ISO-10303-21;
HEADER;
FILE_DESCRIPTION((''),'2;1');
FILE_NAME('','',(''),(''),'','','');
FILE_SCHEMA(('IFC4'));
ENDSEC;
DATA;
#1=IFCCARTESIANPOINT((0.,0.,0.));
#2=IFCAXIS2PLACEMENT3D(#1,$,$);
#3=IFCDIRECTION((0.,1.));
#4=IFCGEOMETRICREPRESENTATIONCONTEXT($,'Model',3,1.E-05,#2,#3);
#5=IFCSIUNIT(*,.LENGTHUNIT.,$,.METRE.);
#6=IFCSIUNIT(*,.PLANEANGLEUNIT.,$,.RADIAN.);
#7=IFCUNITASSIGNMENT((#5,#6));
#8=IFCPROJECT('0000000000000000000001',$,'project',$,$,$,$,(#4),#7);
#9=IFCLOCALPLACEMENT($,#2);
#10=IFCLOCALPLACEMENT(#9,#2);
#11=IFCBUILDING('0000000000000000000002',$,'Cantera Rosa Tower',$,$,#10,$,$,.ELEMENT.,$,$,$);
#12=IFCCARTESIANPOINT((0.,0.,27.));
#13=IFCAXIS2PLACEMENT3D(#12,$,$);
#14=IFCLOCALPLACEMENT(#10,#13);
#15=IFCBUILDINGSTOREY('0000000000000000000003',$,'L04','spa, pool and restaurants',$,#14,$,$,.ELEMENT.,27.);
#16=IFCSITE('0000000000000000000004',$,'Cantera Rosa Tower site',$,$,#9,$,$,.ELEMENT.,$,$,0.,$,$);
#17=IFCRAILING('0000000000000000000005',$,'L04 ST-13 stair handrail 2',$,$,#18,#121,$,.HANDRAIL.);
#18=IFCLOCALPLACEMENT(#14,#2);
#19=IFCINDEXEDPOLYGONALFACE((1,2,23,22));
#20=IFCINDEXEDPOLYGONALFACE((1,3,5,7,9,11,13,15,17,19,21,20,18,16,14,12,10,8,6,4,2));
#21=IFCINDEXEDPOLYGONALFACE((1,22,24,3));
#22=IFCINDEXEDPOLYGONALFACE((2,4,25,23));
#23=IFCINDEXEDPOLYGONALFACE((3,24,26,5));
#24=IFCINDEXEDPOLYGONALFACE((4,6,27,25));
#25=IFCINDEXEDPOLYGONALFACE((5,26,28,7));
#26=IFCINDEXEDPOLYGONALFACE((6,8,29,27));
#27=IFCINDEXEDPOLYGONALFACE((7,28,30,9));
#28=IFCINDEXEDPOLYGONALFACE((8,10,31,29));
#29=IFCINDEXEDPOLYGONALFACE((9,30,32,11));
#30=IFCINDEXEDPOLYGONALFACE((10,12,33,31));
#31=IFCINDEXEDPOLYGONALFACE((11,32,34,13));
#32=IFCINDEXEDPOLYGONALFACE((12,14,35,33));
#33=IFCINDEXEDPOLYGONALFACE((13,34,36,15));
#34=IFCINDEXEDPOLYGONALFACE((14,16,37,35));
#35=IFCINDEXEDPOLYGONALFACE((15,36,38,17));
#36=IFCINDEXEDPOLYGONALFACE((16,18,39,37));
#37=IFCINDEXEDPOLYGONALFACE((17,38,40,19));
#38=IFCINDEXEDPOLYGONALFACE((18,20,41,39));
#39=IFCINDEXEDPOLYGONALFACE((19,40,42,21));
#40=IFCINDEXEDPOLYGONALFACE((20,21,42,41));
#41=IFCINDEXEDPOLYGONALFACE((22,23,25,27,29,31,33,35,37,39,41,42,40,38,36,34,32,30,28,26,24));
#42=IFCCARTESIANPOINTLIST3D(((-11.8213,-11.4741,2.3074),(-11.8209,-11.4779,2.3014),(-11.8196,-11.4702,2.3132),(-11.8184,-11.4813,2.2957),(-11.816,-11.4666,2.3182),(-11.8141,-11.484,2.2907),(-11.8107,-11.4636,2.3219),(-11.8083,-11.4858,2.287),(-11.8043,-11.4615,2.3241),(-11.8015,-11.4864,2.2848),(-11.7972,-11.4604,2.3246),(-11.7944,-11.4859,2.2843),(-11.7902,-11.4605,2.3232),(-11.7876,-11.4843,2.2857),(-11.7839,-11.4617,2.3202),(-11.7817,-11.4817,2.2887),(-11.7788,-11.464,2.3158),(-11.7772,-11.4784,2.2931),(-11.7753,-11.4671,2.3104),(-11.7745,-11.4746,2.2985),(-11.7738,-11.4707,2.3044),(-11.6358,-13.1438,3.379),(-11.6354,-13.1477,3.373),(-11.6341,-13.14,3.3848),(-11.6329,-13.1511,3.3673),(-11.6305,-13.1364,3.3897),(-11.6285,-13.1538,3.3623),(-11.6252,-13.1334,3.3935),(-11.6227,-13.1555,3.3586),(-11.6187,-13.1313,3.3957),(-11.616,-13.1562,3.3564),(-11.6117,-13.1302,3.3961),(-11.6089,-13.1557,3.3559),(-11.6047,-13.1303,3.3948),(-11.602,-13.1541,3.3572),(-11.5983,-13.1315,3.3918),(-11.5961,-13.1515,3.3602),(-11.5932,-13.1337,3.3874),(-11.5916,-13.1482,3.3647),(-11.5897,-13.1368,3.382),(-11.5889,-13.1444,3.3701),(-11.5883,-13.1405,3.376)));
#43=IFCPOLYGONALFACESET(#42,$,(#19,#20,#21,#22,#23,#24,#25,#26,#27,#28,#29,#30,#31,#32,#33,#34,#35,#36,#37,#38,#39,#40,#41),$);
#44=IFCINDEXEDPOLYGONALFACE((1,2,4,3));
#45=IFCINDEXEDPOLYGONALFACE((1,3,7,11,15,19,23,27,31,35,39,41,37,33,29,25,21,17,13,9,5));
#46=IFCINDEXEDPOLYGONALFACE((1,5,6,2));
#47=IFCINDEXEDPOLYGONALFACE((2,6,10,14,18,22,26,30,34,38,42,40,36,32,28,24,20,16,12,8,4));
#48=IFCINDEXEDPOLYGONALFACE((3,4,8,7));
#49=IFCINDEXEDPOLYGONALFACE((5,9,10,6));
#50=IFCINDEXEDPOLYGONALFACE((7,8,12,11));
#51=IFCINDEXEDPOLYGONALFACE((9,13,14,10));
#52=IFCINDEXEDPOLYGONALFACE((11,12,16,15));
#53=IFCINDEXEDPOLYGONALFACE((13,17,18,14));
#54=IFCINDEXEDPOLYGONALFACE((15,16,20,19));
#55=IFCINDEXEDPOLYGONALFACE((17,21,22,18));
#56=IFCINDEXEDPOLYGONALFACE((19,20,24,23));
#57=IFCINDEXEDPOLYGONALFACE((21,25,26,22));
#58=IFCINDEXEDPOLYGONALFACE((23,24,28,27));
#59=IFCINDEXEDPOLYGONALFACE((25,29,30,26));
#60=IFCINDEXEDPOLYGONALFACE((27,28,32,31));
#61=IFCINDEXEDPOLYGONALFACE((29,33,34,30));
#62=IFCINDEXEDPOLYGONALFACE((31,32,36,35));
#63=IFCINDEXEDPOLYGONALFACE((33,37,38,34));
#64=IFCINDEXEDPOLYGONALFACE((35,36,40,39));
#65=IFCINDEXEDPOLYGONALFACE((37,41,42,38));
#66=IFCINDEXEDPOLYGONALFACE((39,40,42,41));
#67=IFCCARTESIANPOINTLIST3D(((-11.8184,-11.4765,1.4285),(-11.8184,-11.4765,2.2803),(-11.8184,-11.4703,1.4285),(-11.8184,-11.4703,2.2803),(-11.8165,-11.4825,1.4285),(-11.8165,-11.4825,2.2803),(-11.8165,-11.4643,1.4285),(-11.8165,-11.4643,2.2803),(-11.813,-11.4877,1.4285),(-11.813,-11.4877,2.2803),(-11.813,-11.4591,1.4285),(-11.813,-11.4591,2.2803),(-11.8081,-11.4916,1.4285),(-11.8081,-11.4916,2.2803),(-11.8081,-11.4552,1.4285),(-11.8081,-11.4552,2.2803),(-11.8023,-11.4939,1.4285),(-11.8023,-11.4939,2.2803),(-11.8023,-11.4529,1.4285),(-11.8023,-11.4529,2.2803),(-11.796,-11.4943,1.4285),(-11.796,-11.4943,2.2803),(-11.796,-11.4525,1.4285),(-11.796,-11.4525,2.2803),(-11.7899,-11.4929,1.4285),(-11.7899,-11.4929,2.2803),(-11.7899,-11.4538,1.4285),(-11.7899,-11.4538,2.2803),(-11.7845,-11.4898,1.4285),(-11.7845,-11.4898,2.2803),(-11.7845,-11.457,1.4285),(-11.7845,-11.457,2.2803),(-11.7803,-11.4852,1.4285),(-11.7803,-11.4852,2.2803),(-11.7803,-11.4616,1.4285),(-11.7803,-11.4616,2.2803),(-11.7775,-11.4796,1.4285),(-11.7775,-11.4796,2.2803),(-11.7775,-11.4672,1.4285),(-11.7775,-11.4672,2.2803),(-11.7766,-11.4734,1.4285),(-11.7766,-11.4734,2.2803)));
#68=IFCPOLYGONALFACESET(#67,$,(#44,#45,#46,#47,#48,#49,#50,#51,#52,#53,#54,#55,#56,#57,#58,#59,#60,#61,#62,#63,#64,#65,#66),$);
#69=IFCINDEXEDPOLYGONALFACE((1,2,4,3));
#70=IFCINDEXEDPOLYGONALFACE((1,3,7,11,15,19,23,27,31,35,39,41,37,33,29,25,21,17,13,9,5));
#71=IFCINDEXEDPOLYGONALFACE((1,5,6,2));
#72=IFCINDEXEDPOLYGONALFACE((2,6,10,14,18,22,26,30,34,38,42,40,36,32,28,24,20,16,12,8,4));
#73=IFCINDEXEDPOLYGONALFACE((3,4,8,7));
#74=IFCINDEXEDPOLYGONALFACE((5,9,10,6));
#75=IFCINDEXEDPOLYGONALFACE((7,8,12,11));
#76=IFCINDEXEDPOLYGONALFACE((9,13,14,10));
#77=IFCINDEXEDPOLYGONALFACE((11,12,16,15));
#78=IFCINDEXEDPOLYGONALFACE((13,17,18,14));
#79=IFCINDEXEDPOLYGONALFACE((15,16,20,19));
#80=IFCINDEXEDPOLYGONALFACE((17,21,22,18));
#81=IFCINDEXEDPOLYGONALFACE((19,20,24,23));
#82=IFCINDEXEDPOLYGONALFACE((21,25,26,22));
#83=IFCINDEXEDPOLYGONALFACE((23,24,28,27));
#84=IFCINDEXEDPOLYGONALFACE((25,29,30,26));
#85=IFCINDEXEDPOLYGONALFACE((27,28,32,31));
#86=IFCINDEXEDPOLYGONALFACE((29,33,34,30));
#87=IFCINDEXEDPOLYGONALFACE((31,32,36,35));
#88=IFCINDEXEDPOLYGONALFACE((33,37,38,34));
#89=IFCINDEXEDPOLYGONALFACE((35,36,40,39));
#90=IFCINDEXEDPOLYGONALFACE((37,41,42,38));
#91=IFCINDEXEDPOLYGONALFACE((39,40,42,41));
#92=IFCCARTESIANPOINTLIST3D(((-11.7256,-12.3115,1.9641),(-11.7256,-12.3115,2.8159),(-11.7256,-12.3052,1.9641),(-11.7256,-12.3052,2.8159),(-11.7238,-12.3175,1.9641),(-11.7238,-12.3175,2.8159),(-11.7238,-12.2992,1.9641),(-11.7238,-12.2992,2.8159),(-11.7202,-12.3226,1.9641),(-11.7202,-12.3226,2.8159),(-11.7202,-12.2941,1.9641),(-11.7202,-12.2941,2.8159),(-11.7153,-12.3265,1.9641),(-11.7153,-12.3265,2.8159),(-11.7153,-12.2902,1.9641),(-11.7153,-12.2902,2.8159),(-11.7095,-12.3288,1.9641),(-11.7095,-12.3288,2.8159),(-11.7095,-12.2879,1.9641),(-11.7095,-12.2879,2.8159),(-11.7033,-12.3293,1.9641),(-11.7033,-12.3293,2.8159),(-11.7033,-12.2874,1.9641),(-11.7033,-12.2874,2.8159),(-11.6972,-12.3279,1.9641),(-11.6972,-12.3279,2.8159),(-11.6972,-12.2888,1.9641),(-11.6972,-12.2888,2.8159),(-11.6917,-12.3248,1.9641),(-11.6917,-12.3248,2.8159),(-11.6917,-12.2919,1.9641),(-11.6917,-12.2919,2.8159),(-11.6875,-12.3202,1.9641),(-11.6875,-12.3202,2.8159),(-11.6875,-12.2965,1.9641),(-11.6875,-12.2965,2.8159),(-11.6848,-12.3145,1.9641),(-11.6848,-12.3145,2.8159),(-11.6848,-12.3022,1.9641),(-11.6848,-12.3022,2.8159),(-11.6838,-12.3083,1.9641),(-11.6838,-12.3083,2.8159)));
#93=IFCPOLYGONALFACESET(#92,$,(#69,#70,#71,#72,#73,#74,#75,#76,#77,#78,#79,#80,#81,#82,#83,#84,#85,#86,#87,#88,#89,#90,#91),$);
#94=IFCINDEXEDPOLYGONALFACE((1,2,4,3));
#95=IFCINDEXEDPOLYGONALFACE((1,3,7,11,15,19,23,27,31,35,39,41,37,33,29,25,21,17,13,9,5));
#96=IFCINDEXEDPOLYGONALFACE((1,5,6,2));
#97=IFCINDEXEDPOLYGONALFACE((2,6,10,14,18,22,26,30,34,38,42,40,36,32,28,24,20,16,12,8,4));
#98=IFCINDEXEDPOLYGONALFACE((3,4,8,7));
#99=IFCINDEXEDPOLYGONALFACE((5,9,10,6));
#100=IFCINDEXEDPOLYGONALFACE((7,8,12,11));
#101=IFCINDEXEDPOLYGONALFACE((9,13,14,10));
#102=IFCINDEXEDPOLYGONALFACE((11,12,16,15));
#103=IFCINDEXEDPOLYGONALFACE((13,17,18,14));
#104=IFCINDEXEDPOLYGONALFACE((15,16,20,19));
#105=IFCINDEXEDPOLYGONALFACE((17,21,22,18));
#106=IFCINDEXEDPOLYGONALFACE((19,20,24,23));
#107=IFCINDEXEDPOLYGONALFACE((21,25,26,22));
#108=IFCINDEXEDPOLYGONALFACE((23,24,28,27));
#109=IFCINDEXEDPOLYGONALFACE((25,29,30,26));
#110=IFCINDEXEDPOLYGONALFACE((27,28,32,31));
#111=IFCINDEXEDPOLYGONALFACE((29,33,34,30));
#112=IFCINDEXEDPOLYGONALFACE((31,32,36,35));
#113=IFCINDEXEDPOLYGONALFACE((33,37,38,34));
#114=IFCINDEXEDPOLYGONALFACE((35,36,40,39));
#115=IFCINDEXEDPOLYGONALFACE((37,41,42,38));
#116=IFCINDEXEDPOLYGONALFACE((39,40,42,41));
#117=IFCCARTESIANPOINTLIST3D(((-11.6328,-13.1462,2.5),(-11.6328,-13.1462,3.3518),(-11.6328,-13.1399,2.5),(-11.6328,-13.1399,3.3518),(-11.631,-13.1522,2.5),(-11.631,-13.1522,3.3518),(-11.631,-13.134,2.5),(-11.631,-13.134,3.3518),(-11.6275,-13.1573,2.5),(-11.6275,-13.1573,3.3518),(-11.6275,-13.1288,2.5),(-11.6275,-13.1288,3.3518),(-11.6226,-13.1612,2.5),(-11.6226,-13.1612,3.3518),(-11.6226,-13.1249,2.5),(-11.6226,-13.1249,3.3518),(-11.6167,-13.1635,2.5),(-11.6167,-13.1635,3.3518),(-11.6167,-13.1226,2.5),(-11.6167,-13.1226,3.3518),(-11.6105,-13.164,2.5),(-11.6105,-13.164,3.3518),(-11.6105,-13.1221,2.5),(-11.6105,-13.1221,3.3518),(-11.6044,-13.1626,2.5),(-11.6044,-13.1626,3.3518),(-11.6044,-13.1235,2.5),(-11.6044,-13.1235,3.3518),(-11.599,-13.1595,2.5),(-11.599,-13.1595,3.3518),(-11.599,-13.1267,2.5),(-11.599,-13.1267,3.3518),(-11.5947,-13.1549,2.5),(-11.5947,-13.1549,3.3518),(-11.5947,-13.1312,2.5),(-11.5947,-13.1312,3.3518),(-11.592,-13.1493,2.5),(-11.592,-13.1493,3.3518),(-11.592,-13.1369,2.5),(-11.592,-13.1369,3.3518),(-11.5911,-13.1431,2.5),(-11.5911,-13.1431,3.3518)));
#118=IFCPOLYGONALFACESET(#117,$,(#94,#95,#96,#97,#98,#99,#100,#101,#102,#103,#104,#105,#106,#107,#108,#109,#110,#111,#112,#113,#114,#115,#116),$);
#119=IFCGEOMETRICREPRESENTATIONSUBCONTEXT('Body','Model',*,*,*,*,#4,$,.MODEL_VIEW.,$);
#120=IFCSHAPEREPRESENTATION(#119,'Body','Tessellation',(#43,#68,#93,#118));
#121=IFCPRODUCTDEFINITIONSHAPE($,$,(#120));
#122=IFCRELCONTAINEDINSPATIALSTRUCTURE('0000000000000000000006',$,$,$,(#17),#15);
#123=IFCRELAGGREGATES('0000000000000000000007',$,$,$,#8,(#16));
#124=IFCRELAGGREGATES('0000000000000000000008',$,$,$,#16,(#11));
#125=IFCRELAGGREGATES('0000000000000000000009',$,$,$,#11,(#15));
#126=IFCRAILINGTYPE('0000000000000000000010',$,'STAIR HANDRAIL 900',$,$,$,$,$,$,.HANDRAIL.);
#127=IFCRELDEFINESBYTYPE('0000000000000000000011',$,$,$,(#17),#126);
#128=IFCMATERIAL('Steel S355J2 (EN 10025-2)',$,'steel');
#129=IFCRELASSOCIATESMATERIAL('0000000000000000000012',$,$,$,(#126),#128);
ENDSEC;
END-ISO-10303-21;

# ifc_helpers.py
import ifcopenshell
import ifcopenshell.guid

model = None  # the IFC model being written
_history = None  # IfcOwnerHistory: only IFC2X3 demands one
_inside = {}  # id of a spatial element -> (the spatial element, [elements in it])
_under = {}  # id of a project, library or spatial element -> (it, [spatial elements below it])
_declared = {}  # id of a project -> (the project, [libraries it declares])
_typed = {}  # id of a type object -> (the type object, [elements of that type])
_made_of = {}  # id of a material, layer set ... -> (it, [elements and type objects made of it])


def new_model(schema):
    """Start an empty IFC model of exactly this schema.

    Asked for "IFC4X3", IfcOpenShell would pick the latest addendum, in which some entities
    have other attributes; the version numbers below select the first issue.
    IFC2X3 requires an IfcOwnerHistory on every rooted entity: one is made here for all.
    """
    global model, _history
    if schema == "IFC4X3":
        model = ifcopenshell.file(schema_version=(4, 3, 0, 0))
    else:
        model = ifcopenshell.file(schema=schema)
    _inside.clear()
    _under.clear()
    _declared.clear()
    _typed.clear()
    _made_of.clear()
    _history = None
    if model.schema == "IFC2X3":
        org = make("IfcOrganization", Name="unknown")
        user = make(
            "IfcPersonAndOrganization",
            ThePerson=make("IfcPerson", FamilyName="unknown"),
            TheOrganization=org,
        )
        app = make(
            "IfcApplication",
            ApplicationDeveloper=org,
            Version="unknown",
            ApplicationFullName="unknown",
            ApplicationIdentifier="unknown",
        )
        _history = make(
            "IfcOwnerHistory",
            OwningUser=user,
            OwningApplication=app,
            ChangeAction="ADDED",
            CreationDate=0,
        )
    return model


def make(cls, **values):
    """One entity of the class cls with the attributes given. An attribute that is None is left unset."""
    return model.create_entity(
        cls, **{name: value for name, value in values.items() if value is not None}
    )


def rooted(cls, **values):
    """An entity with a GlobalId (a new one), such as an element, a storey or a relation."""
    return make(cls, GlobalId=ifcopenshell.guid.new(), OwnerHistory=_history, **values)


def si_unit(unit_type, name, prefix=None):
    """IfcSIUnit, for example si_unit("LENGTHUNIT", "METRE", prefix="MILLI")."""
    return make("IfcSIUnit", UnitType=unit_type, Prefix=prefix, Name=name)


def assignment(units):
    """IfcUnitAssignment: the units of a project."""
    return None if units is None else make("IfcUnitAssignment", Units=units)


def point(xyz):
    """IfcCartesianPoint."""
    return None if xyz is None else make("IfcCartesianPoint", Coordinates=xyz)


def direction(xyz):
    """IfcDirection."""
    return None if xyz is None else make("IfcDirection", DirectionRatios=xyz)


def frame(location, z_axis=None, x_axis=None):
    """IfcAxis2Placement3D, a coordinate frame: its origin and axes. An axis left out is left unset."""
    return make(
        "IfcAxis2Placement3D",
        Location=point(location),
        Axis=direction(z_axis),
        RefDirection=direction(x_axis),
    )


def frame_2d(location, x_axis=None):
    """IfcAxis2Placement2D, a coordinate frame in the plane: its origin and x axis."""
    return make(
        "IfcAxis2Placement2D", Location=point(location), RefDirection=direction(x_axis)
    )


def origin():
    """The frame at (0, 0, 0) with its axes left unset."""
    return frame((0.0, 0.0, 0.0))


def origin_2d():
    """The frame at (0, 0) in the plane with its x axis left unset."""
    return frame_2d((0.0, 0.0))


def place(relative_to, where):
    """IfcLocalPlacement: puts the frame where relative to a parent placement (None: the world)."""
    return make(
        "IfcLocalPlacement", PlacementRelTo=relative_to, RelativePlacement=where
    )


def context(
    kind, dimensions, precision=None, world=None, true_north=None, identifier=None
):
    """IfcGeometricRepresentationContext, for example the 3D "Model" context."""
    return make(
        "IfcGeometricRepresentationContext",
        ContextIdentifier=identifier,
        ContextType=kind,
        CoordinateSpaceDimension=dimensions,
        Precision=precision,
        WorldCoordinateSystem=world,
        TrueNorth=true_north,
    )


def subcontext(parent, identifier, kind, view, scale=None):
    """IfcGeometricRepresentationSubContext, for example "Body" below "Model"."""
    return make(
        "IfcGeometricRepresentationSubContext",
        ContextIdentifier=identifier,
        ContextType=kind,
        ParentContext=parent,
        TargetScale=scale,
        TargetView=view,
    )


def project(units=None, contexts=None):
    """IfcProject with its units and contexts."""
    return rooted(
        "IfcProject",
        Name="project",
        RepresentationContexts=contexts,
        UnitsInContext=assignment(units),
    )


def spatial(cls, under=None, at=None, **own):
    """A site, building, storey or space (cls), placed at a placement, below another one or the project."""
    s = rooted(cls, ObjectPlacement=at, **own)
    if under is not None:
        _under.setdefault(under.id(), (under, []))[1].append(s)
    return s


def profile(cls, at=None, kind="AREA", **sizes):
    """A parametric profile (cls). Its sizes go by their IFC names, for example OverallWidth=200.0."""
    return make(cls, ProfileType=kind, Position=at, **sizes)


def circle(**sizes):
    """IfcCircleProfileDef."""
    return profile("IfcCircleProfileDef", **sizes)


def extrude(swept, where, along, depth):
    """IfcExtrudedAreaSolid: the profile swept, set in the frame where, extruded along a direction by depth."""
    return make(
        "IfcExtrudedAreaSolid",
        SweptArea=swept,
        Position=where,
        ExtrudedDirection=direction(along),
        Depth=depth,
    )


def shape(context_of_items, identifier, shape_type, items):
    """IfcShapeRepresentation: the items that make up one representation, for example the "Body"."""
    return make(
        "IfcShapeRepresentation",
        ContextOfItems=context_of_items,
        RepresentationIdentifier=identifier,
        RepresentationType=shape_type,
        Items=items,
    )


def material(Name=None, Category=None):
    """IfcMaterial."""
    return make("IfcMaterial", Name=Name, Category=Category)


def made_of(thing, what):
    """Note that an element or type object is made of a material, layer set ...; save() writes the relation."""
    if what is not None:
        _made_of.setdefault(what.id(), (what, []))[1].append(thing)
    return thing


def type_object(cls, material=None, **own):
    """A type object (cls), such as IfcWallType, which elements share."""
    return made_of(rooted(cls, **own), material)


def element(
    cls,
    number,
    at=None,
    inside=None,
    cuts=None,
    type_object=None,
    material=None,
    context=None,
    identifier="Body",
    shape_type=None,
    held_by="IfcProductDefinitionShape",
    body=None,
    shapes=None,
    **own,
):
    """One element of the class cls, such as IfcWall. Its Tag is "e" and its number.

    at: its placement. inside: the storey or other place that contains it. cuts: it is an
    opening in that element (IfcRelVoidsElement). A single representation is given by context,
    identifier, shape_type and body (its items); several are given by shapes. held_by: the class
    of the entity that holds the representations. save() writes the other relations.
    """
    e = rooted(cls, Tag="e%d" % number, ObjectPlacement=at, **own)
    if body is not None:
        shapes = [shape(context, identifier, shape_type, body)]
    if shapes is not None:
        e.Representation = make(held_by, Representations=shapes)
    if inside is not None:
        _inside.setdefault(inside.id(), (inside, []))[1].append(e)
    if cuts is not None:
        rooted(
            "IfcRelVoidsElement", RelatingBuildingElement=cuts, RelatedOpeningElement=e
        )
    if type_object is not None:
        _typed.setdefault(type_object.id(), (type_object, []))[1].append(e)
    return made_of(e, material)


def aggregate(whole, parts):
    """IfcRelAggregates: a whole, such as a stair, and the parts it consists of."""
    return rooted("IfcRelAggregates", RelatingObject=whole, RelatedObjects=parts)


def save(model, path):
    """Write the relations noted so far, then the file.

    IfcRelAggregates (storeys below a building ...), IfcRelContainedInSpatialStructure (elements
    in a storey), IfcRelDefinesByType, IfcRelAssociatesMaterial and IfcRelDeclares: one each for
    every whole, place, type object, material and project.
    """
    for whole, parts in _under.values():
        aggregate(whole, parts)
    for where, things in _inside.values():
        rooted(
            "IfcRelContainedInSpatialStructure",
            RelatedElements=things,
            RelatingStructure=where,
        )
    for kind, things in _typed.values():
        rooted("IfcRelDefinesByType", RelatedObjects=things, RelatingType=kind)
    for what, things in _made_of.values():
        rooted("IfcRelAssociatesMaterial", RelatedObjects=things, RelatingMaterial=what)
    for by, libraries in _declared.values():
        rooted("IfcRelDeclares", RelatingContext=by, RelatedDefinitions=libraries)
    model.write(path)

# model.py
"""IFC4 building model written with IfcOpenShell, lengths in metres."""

from ifc_helpers import new_model, si_unit, direction, frame, origin, origin_2d, place, context, subcontext, project, spatial, circle, extrude, material, type_object, element, save


model = new_model("IFC4")

# Units and contexts
model_context = context("Model", 3, precision=1e-05, world=origin(), true_north=direction((0.0, 1.0)))
body_context = subcontext(model_context, "Body", "Model", "MODEL_VIEW")
ifc_project = project(units=[si_unit("LENGTHUNIT", "METRE"), si_unit("PLANEANGLEUNIT", "RADIAN")], contexts=[model_context])

# Site, building, storey
site_placement = place(None, origin())
site = spatial("IfcSite", under=ifc_project, at=site_placement, Name="Cantera Rosa Tower site", CompositionType="ELEMENT", RefElevation=0.0)
building_placement = place(site_placement, origin())
building = spatial("IfcBuilding", under=site, at=building_placement, Name="Cantera Rosa Tower", CompositionType="ELEMENT")
storey_placement = place(building_placement, frame((0.0, 0.0, 27.0)))
storey = spatial("IfcBuildingStorey", under=building, at=storey_placement, Name="L04", Description="spa, pool and restaurants", CompositionType="ELEMENT", Elevation=27.0)

# Railing
ifc_material_1 = material(Name="Steel S355J2 (EN 10025-2)", Category="steel")
railing_type_1 = type_object("IfcRailingType", Name="STAIR HANDRAIL 900", PredefinedType="HANDRAIL", material=ifc_material_1)
railing_1_placement = place(storey_placement, frame((-11.7976, -11.4734, 1.4285)))
element("IfcRailing", 1, at=railing_1_placement, inside=storey, type_object=railing_type_1, Name="L04 ST-13 stair handrail 2", PredefinedType="HANDRAIL", context=body_context, shape_type="SweptSolid", body=[
    extrude(circle(Radius=0.0239, at=origin_2d()), frame((0.0, 0.0, 0.876), z_axis=(0.093118, -0.837941, 0.537758), x_axis=(0.993882, 0.110447, 0.0)), (0.0, 0.0, 1.0), 1.9927),
    extrude(circle(Radius=0.021, at=origin_2d()), origin(), (0.0, 0.0, 1.0), 0.8518),
    extrude(circle(Radius=0.021, at=origin_2d()), frame((0.0928, -0.835, 0.5356)), (0.0, 0.0, 1.0), 0.8518),
    extrude(circle(Radius=0.021, at=origin_2d()), frame((0.1855, -1.6697, 1.0715)), (0.0, 0.0, 1.0), 0.8518),
])

save(model, "model.ifc")
